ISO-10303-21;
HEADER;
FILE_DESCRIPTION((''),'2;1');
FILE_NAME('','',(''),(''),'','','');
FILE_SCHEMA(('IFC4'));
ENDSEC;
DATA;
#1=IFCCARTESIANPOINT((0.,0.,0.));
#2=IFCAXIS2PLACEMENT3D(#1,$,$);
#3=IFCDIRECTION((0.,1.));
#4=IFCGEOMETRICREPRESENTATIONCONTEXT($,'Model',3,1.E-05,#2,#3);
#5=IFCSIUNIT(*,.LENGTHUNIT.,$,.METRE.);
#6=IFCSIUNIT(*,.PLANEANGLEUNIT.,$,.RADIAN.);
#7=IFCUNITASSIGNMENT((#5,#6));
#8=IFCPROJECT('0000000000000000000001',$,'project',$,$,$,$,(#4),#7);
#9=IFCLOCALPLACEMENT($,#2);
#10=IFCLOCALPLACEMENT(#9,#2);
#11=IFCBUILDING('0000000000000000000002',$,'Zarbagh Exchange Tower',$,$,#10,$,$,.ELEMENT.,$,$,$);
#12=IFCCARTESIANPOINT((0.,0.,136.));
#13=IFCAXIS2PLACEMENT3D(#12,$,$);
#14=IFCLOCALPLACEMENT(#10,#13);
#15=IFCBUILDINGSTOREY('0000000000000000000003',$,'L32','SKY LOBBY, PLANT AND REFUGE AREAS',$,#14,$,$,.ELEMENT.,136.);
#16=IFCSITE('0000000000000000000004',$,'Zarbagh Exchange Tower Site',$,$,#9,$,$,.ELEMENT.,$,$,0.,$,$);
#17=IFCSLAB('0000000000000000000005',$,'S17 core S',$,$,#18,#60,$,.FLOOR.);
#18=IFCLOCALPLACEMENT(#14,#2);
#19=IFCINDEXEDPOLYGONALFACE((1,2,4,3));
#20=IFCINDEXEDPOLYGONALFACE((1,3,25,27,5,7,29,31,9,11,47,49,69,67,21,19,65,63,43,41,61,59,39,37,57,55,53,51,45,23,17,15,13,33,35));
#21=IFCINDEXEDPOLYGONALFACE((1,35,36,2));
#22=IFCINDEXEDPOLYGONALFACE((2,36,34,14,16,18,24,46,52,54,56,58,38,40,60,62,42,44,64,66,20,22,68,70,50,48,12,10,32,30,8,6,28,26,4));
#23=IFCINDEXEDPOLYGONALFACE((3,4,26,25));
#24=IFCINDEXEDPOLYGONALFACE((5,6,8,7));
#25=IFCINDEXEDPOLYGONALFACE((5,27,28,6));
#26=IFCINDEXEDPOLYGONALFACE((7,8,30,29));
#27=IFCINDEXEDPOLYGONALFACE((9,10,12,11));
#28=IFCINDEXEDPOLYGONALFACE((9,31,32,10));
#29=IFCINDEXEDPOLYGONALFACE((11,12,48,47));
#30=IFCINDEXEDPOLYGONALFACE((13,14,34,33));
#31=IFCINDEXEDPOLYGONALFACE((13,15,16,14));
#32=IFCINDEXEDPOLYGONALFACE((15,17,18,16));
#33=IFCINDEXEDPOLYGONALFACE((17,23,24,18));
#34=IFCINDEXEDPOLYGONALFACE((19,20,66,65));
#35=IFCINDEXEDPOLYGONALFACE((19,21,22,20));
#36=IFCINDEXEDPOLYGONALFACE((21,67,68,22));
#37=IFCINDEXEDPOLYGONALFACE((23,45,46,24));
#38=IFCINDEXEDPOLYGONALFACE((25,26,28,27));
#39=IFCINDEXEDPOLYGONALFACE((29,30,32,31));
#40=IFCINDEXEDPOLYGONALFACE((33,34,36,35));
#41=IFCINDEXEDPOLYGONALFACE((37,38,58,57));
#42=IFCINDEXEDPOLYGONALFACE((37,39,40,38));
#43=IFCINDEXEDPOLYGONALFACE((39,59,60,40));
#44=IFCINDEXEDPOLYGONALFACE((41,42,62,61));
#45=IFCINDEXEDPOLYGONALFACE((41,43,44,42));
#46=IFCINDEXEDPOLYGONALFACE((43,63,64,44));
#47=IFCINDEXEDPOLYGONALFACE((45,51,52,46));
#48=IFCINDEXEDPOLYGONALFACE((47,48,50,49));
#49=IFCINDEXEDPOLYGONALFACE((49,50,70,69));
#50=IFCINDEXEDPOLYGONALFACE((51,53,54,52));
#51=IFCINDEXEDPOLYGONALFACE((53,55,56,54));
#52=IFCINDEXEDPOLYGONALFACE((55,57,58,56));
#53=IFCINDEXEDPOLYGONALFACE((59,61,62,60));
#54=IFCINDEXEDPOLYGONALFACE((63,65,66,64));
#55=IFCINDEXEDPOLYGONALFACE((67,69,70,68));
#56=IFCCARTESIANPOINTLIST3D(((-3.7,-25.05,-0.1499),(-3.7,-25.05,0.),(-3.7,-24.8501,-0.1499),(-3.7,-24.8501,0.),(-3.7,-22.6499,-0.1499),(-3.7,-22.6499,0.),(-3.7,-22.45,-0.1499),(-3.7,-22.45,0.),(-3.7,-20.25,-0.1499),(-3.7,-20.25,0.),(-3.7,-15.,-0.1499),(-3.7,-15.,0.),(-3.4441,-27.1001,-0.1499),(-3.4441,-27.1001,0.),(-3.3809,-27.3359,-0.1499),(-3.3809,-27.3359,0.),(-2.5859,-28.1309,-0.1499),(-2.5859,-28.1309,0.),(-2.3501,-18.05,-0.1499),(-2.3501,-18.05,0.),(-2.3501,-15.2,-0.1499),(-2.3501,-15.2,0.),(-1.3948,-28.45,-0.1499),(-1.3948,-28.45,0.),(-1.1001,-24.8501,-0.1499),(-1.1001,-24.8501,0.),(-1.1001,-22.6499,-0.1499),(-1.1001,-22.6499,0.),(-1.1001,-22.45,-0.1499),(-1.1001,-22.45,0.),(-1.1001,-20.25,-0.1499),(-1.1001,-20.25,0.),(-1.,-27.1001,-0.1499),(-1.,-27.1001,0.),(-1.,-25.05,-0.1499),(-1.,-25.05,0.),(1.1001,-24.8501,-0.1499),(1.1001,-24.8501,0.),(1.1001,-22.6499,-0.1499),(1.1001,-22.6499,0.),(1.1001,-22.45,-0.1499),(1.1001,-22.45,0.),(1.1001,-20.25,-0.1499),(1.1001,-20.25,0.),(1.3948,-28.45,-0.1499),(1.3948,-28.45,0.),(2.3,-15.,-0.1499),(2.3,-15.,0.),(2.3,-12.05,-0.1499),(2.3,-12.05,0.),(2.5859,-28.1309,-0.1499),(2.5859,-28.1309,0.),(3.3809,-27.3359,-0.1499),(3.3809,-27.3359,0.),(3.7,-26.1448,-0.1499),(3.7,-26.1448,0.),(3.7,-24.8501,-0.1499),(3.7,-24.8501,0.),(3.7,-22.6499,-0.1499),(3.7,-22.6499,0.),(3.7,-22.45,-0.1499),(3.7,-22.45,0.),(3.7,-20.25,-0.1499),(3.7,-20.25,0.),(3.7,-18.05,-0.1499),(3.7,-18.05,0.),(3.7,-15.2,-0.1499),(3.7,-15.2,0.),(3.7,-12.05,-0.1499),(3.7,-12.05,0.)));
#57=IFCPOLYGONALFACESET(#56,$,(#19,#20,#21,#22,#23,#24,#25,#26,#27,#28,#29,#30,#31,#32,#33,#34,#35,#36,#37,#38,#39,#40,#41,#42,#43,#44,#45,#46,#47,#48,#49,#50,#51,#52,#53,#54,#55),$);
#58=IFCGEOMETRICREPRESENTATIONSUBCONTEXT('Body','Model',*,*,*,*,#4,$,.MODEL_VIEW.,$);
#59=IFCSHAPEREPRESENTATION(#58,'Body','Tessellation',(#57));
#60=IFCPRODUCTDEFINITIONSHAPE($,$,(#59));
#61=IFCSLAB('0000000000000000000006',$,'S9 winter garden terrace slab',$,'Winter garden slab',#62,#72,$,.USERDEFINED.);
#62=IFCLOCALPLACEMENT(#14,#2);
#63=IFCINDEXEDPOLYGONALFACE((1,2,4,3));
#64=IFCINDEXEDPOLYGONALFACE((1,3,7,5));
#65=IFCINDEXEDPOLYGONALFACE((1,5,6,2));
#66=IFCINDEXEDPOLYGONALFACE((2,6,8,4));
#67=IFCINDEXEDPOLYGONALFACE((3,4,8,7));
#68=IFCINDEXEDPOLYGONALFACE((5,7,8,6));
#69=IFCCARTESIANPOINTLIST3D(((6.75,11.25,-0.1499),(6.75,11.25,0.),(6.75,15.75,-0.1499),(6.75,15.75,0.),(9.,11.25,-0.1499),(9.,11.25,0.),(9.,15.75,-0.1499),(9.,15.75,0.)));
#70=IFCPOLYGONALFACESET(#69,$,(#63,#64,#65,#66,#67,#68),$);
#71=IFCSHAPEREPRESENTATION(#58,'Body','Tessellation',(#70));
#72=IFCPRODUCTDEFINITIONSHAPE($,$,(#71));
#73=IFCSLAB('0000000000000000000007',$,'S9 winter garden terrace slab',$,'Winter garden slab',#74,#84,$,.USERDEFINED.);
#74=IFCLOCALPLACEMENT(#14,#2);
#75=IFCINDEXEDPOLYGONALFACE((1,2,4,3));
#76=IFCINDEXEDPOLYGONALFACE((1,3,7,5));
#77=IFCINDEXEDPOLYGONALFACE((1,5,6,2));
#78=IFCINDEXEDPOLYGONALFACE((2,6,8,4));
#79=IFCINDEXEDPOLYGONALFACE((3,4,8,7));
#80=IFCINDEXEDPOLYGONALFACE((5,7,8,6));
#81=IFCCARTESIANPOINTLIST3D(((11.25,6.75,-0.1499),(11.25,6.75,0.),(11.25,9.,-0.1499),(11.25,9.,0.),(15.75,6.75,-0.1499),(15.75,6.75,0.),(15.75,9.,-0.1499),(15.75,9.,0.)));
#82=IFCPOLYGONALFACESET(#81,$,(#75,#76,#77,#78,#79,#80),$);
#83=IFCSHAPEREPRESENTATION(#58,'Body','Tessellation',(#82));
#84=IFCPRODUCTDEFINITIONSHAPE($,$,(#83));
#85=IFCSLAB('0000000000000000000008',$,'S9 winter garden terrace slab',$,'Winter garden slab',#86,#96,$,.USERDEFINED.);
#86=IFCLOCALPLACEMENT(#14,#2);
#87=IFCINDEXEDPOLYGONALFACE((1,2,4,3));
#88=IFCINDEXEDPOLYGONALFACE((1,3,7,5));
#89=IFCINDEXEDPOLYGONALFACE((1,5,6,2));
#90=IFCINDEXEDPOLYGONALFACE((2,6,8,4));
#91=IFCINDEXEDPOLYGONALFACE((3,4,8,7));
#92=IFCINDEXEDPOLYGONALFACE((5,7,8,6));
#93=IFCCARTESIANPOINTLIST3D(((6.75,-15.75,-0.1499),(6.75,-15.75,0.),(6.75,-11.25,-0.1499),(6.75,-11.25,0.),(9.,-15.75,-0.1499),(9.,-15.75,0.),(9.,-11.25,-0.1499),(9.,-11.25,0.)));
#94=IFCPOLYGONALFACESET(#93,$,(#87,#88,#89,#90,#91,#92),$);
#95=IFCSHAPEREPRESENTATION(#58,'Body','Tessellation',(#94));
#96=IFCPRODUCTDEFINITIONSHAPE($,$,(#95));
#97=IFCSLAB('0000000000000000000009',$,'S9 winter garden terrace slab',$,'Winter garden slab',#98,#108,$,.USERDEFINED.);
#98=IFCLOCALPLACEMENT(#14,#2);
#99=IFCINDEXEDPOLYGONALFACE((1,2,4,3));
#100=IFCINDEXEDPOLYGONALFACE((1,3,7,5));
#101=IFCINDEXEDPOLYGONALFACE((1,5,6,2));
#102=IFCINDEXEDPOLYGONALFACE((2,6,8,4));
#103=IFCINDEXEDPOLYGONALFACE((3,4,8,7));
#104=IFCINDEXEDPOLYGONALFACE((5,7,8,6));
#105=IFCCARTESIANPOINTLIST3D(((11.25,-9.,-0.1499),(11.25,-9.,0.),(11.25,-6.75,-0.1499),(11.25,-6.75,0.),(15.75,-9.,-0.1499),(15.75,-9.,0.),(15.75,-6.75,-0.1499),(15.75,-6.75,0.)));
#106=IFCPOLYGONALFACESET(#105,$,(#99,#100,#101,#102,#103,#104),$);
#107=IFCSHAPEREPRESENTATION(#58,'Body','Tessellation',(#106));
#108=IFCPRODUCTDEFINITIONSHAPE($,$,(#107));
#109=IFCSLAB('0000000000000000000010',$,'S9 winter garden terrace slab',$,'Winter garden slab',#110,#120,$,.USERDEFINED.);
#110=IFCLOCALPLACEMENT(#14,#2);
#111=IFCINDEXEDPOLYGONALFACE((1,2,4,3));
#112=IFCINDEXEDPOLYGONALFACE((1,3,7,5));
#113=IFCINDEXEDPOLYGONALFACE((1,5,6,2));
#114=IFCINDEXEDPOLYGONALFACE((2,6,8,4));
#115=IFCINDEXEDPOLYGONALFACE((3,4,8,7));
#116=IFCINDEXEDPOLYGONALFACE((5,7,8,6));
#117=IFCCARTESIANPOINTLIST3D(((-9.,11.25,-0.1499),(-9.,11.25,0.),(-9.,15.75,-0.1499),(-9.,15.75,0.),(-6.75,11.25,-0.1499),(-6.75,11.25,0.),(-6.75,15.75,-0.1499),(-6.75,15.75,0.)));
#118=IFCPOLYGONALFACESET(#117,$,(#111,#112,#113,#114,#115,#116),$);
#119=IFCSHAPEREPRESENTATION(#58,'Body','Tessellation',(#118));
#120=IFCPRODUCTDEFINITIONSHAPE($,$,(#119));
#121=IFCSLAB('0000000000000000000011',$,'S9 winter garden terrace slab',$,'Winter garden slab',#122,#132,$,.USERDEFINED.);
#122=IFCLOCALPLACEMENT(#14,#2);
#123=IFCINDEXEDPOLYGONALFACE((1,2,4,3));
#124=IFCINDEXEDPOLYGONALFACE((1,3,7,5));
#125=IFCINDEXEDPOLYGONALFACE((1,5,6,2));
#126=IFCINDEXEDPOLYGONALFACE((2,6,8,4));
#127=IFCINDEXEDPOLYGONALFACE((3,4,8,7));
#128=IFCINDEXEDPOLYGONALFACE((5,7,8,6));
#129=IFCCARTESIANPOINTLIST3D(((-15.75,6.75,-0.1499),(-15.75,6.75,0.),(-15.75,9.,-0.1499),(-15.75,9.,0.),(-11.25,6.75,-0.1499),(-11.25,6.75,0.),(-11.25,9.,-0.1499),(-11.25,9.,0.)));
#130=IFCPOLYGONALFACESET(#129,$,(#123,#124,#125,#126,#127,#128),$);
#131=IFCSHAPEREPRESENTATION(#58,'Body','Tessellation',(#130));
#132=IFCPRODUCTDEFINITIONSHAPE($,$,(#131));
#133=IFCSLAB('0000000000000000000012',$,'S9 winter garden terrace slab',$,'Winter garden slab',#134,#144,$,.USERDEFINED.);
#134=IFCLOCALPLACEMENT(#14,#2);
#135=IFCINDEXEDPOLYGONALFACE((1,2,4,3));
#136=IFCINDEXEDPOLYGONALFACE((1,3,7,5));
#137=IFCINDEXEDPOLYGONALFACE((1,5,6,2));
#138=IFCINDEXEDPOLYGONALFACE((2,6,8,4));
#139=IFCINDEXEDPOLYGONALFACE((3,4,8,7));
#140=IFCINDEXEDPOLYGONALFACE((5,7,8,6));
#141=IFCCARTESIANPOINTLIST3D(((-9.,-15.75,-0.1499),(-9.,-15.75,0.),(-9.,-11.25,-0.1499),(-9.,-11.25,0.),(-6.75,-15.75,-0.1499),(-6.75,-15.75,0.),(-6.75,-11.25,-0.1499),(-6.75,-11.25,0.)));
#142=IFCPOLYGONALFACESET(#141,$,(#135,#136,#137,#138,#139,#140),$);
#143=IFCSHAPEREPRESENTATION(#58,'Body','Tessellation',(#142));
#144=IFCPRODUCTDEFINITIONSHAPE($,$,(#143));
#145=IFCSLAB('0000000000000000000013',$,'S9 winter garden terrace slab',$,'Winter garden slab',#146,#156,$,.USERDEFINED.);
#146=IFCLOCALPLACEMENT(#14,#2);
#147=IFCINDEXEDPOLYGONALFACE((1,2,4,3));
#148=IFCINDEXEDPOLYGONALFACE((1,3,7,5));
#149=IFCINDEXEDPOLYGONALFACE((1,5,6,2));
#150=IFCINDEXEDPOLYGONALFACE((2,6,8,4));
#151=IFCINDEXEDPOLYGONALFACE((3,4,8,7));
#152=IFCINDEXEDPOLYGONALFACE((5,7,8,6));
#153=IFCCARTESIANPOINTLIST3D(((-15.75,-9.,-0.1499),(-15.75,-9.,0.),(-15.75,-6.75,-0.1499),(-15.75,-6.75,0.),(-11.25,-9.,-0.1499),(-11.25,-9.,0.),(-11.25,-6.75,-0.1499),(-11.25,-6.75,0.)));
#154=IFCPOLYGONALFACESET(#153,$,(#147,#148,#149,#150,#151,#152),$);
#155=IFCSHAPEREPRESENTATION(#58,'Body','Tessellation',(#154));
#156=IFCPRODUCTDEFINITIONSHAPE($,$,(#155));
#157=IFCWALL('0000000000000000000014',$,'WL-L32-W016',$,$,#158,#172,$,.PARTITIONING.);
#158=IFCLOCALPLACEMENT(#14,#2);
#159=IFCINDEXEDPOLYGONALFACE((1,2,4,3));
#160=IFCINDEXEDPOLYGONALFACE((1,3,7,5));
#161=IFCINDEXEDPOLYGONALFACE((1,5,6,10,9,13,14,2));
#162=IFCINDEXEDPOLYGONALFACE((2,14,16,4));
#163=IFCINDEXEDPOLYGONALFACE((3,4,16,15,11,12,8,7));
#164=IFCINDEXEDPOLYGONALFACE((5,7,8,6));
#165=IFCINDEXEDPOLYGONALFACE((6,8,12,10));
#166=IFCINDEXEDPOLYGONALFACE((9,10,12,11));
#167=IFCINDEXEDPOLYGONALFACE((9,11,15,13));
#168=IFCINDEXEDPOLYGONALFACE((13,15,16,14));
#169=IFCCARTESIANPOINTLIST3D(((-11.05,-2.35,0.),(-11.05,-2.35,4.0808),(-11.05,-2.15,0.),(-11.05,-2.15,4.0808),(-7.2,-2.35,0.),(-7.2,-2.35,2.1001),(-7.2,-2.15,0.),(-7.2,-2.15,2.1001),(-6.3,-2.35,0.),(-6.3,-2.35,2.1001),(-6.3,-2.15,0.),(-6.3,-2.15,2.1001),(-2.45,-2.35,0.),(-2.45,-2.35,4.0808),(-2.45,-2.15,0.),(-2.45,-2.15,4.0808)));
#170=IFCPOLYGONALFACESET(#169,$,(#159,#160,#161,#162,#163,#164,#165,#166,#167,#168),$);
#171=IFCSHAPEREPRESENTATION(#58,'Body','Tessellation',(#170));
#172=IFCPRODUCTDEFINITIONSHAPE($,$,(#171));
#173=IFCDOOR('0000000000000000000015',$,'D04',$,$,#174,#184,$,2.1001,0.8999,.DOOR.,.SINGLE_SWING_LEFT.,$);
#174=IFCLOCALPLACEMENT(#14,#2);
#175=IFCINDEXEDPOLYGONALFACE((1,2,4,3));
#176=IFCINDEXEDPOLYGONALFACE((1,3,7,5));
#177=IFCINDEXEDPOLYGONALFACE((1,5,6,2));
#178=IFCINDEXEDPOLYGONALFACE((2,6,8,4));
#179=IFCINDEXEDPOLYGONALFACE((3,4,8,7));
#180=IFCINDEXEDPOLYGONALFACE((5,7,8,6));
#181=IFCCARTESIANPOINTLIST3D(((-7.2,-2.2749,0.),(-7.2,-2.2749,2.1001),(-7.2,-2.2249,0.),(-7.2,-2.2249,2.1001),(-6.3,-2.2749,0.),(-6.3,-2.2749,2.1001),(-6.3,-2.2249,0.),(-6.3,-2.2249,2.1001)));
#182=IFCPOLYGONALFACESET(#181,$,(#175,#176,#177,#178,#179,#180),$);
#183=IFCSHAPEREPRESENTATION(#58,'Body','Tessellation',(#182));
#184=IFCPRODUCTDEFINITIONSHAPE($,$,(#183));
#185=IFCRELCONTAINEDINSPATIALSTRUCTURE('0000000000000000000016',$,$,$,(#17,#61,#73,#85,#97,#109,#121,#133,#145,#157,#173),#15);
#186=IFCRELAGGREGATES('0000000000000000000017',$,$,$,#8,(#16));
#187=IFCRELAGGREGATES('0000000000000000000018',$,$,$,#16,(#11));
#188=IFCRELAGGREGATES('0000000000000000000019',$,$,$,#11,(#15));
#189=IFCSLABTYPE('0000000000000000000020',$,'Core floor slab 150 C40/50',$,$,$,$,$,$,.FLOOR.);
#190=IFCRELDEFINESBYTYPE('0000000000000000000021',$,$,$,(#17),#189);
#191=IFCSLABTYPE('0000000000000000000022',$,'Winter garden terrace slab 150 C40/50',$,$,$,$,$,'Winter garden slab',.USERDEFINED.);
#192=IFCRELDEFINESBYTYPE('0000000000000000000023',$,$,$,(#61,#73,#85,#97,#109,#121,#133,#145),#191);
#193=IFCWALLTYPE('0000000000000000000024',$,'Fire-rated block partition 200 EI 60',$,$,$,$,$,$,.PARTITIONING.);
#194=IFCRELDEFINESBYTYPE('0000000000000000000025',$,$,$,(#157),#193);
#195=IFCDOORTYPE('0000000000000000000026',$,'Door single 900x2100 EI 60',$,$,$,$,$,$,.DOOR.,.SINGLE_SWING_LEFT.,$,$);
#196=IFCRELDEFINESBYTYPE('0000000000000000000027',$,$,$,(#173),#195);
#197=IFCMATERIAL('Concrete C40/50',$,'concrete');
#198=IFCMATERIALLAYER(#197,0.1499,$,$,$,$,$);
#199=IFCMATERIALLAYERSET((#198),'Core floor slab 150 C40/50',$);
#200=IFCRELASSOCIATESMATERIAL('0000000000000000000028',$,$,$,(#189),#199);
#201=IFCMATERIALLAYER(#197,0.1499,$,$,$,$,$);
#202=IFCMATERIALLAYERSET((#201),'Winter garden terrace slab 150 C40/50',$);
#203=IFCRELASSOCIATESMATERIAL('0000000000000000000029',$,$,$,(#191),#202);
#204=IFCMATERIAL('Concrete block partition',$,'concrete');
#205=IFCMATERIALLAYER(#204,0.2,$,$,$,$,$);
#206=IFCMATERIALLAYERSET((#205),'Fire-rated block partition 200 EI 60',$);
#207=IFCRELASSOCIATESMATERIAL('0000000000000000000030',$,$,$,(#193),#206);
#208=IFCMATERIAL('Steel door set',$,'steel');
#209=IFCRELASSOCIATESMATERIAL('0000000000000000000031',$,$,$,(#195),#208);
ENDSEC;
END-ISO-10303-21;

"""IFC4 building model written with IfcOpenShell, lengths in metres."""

from ifc_helpers import new_model, si_unit, direction, frame, frame_2d, origin, place, context, subcontext, project, spatial, polyline, rectangle, outline, extrude, material, layer, layer_set, type_object, element, fill, save


model = new_model("IFC4")

# Units and contexts
model_context = context("Model", 3, precision=1e-05, world=origin(), true_north=direction((0.0, 1.0)))
body_context = subcontext(model_context, "Body", "Model", "MODEL_VIEW")
ifc_project = project(units=[si_unit("LENGTHUNIT", "METRE"), si_unit("PLANEANGLEUNIT", "RADIAN")], contexts=[model_context])

# Site, building, storey
site_placement = place(None, origin())
site = spatial("IfcSite", under=ifc_project, at=site_placement, Name="Zarbagh Exchange Tower Site", CompositionType="ELEMENT", RefElevation=0.0)
building_placement = place(site_placement, origin())
building = spatial("IfcBuilding", under=site, at=building_placement, Name="Zarbagh Exchange Tower", CompositionType="ELEMENT")
storey_placement = place(building_placement, frame((0.0, 0.0, 136.0)))
storey = spatial("IfcBuildingStorey", under=building, at=storey_placement, Name="L32", Description="SKY LOBBY, PLANT AND REFUGE AREAS", CompositionType="ELEMENT", Elevation=136.0)

# Slabs
ifc_material_1 = material(Name="Concrete C40/50", Category="concrete")
ifc_layer_1 = layer(ifc_material_1, 0.1499)
ifc_layer_set_1 = layer_set([ifc_layer_1], Name="Core floor slab 150 C40/50")
slab_type_1 = type_object("IfcSlabType", Name="Core floor slab 150 C40/50", PredefinedType="FLOOR", material=ifc_layer_set_1)
slab_1_placement = place(storey_placement, frame((0.0, 0.0, -0.1499)))
element("IfcSlab", 1, at=slab_1_placement, inside=storey, type_object=slab_type_1, Name="S17 core S", PredefinedType="FLOOR", context=body_context, shape_type="SweptSolid", body=[
    extrude(outline(polyline([(-2.5859, -28.1309), (-3.3809, -27.3359), (-3.6465, -26.3447), (-3.4441, -27.1001), (-1.0, -27.1001), (-1.0, -25.05), (-3.7, -25.05), (-3.7, -24.8501), (-1.1001, -24.8501), (-1.1001, -22.6499), (-3.7, -22.6499), (-3.7, -22.45), (-1.1001, -22.45), (-1.1001, -20.25), (-3.7, -20.25), (-3.7, -15.0), (2.3, -15.0), (2.3, -12.05), (3.7, -12.05), (3.7, -15.2), (-2.3501, -15.2), (-2.3501, -18.05), (3.7, -18.05), (3.7, -20.25), (1.1001, -20.25), (1.1001, -22.45), (3.7, -22.45), (3.7, -22.6499), (1.1001, -22.6499), (1.1001, -24.8501), (3.7, -24.8501), (3.7, -26.1448), (3.3809, -27.3359), (2.5859, -28.1309), (1.3948, -28.45), (-1.3948, -28.45), (-2.5859, -28.1309)])), origin(), (0.0, 0.0, 1.0), 0.1499),
])
ifc_layer_2 = layer(ifc_material_1, 0.1499)
ifc_layer_set_2 = layer_set([ifc_layer_2], Name="Winter garden terrace slab 150 C40/50")
slab_type_2 = type_object("IfcSlabType", Name="Winter garden terrace slab 150 C40/50", ElementType="Winter garden slab", PredefinedType="USERDEFINED", material=ifc_layer_set_2)
slab_2_placement = place(storey_placement, frame((0.0, 0.0, -0.1499)))
element("IfcSlab", 2, at=slab_2_placement, inside=storey, type_object=slab_type_2, Name="S9 winter garden terrace slab", ObjectType="Winter garden slab", PredefinedType="USERDEFINED", context=body_context, shape_type="SweptSolid", body=[
    extrude(outline(polyline([(9.0, 11.25), (9.0, 15.75), (6.75, 15.75), (6.75, 11.25), (9.0, 11.25)])), origin(), (0.0, 0.0, 1.0), 0.1499),
])
slab_3_placement = place(storey_placement, frame((0.0, 0.0, -0.1499)))
element("IfcSlab", 3, at=slab_3_placement, inside=storey, type_object=slab_type_2, Name="S9 winter garden terrace slab", ObjectType="Winter garden slab", PredefinedType="USERDEFINED", context=body_context, shape_type="SweptSolid", body=[
    extrude(outline(polyline([(15.75, 6.75), (15.75, 9.0), (11.25, 9.0), (11.25, 6.75), (15.75, 6.75)])), origin(), (0.0, 0.0, 1.0), 0.1499),
])
slab_4_placement = place(storey_placement, frame((0.0, 0.0, -0.1499)))
element("IfcSlab", 4, at=slab_4_placement, inside=storey, type_object=slab_type_2, Name="S9 winter garden terrace slab", ObjectType="Winter garden slab", PredefinedType="USERDEFINED", context=body_context, shape_type="SweptSolid", body=[
    extrude(outline(polyline([(9.0, -15.75), (9.0, -11.25), (6.75, -11.25), (6.75, -15.75), (9.0, -15.75)])), origin(), (0.0, 0.0, 1.0), 0.1499),
])
slab_5_placement = place(storey_placement, frame((0.0, 0.0, -0.1499)))
element("IfcSlab", 5, at=slab_5_placement, inside=storey, type_object=slab_type_2, Name="S9 winter garden terrace slab", ObjectType="Winter garden slab", PredefinedType="USERDEFINED", context=body_context, shape_type="SweptSolid", body=[
    extrude(outline(polyline([(15.75, -9.0), (15.75, -6.75), (11.25, -6.75), (11.25, -9.0), (15.75, -9.0)])), origin(), (0.0, 0.0, 1.0), 0.1499),
])
slab_6_placement = place(storey_placement, frame((0.0, 0.0, -0.1499)))
element("IfcSlab", 6, at=slab_6_placement, inside=storey, type_object=slab_type_2, Name="S9 winter garden terrace slab", ObjectType="Winter garden slab", PredefinedType="USERDEFINED", context=body_context, shape_type="SweptSolid", body=[
    extrude(outline(polyline([(-6.75, 11.25), (-6.75, 15.75), (-9.0, 15.75), (-9.0, 11.25), (-6.75, 11.25)])), origin(), (0.0, 0.0, 1.0), 0.1499),
])
slab_7_placement = place(storey_placement, frame((0.0, 0.0, -0.1499)))
element("IfcSlab", 7, at=slab_7_placement, inside=storey, type_object=slab_type_2, Name="S9 winter garden terrace slab", ObjectType="Winter garden slab", PredefinedType="USERDEFINED", context=body_context, shape_type="SweptSolid", body=[
    extrude(outline(polyline([(-11.25, 6.75), (-11.25, 9.0), (-15.75, 9.0), (-15.75, 6.75), (-11.25, 6.75)])), origin(), (0.0, 0.0, 1.0), 0.1499),
])
slab_8_placement = place(storey_placement, frame((0.0, 0.0, -0.1499)))
element("IfcSlab", 8, at=slab_8_placement, inside=storey, type_object=slab_type_2, Name="S9 winter garden terrace slab", ObjectType="Winter garden slab", PredefinedType="USERDEFINED", context=body_context, shape_type="SweptSolid", body=[
    extrude(outline(polyline([(-6.75, -15.75), (-6.75, -11.25), (-9.0, -11.25), (-9.0, -15.75), (-6.75, -15.75)])), origin(), (0.0, 0.0, 1.0), 0.1499),
])
slab_9_placement = place(storey_placement, frame((0.0, 0.0, -0.1499)))
element("IfcSlab", 9, at=slab_9_placement, inside=storey, type_object=slab_type_2, Name="S9 winter garden terrace slab", ObjectType="Winter garden slab", PredefinedType="USERDEFINED", context=body_context, shape_type="SweptSolid", body=[
    extrude(outline(polyline([(-11.25, -9.0), (-11.25, -6.75), (-15.75, -6.75), (-15.75, -9.0), (-11.25, -9.0)])), origin(), (0.0, 0.0, 1.0), 0.1499),
])

# Wall, opening, door
ifc_material_2 = material(Name="Concrete block partition", Category="concrete")
ifc_layer_3 = layer(ifc_material_2, 0.2)
ifc_layer_set_3 = layer_set([ifc_layer_3], Name="Fire-rated block partition 200 EI 60")
wall_type_1 = type_object("IfcWallType", Name="Fire-rated block partition 200 EI 60", PredefinedType="PARTITIONING", material=ifc_layer_set_3)
wall_1_placement = place(storey_placement, frame((-2.45, -2.25, 0.0), z_axis=(0.0, 0.0, 1.0), x_axis=(-1.0, 0.0, 0.0)))
wall_1 = element("IfcWall", 10, at=wall_1_placement, inside=storey, type_object=wall_type_1, Name="WL-L32-W016", PredefinedType="PARTITIONING", context=body_context, shape_type="SweptSolid", body=[
    extrude(rectangle(XDim=8.6001, YDim=0.2, at=frame_2d((4.3, 0.0))), origin(), (0.0, 0.0, 1.0), 4.0808),
])
opening_placement = place(wall_1_placement, frame((3.8501, 0.0, 0.0)))
opening = element("IfcOpeningElement", 11, at=opening_placement, cuts=wall_1, PredefinedType="OPENING", context=body_context, shape_type="SweptSolid", body=[
    extrude(rectangle(XDim=0.8999, YDim=2.1001, at=frame_2d((0.45, 1.05))), frame((0.0, 0.1099, 0.0), z_axis=(0.0, -1.0, 0.0), x_axis=(1.0, 0.0, 0.0)), (0.0, 0.0, 1.0), 0.22),
])
ifc_material_3 = material(Name="Steel door set", Category="steel")
door_type = type_object("IfcDoorType", Name="Door single 900x2100 EI 60", OperationType="SINGLE_SWING_LEFT", PredefinedType="DOOR", material=ifc_material_3)
door_placement = place(opening_placement, origin())
door = element("IfcDoor", 12, at=door_placement, inside=storey, type_object=door_type, Name="D04", OperationType="SINGLE_SWING_LEFT", OverallHeight=2.1001, OverallWidth=0.8999, PredefinedType="DOOR", context=body_context, shape_type="SweptSolid", body=[
    extrude(rectangle(XDim=0.8999, YDim=2.1001, at=frame_2d((0.45, 1.05))), frame((0.0, 0.0249, 0.0), z_axis=(0.0, -1.0, 0.0), x_axis=(1.0, 0.0, 0.0)), (0.0, 0.0, 1.0), 0.05),
])
fill(opening, door)

save(model, "model.ifc")
